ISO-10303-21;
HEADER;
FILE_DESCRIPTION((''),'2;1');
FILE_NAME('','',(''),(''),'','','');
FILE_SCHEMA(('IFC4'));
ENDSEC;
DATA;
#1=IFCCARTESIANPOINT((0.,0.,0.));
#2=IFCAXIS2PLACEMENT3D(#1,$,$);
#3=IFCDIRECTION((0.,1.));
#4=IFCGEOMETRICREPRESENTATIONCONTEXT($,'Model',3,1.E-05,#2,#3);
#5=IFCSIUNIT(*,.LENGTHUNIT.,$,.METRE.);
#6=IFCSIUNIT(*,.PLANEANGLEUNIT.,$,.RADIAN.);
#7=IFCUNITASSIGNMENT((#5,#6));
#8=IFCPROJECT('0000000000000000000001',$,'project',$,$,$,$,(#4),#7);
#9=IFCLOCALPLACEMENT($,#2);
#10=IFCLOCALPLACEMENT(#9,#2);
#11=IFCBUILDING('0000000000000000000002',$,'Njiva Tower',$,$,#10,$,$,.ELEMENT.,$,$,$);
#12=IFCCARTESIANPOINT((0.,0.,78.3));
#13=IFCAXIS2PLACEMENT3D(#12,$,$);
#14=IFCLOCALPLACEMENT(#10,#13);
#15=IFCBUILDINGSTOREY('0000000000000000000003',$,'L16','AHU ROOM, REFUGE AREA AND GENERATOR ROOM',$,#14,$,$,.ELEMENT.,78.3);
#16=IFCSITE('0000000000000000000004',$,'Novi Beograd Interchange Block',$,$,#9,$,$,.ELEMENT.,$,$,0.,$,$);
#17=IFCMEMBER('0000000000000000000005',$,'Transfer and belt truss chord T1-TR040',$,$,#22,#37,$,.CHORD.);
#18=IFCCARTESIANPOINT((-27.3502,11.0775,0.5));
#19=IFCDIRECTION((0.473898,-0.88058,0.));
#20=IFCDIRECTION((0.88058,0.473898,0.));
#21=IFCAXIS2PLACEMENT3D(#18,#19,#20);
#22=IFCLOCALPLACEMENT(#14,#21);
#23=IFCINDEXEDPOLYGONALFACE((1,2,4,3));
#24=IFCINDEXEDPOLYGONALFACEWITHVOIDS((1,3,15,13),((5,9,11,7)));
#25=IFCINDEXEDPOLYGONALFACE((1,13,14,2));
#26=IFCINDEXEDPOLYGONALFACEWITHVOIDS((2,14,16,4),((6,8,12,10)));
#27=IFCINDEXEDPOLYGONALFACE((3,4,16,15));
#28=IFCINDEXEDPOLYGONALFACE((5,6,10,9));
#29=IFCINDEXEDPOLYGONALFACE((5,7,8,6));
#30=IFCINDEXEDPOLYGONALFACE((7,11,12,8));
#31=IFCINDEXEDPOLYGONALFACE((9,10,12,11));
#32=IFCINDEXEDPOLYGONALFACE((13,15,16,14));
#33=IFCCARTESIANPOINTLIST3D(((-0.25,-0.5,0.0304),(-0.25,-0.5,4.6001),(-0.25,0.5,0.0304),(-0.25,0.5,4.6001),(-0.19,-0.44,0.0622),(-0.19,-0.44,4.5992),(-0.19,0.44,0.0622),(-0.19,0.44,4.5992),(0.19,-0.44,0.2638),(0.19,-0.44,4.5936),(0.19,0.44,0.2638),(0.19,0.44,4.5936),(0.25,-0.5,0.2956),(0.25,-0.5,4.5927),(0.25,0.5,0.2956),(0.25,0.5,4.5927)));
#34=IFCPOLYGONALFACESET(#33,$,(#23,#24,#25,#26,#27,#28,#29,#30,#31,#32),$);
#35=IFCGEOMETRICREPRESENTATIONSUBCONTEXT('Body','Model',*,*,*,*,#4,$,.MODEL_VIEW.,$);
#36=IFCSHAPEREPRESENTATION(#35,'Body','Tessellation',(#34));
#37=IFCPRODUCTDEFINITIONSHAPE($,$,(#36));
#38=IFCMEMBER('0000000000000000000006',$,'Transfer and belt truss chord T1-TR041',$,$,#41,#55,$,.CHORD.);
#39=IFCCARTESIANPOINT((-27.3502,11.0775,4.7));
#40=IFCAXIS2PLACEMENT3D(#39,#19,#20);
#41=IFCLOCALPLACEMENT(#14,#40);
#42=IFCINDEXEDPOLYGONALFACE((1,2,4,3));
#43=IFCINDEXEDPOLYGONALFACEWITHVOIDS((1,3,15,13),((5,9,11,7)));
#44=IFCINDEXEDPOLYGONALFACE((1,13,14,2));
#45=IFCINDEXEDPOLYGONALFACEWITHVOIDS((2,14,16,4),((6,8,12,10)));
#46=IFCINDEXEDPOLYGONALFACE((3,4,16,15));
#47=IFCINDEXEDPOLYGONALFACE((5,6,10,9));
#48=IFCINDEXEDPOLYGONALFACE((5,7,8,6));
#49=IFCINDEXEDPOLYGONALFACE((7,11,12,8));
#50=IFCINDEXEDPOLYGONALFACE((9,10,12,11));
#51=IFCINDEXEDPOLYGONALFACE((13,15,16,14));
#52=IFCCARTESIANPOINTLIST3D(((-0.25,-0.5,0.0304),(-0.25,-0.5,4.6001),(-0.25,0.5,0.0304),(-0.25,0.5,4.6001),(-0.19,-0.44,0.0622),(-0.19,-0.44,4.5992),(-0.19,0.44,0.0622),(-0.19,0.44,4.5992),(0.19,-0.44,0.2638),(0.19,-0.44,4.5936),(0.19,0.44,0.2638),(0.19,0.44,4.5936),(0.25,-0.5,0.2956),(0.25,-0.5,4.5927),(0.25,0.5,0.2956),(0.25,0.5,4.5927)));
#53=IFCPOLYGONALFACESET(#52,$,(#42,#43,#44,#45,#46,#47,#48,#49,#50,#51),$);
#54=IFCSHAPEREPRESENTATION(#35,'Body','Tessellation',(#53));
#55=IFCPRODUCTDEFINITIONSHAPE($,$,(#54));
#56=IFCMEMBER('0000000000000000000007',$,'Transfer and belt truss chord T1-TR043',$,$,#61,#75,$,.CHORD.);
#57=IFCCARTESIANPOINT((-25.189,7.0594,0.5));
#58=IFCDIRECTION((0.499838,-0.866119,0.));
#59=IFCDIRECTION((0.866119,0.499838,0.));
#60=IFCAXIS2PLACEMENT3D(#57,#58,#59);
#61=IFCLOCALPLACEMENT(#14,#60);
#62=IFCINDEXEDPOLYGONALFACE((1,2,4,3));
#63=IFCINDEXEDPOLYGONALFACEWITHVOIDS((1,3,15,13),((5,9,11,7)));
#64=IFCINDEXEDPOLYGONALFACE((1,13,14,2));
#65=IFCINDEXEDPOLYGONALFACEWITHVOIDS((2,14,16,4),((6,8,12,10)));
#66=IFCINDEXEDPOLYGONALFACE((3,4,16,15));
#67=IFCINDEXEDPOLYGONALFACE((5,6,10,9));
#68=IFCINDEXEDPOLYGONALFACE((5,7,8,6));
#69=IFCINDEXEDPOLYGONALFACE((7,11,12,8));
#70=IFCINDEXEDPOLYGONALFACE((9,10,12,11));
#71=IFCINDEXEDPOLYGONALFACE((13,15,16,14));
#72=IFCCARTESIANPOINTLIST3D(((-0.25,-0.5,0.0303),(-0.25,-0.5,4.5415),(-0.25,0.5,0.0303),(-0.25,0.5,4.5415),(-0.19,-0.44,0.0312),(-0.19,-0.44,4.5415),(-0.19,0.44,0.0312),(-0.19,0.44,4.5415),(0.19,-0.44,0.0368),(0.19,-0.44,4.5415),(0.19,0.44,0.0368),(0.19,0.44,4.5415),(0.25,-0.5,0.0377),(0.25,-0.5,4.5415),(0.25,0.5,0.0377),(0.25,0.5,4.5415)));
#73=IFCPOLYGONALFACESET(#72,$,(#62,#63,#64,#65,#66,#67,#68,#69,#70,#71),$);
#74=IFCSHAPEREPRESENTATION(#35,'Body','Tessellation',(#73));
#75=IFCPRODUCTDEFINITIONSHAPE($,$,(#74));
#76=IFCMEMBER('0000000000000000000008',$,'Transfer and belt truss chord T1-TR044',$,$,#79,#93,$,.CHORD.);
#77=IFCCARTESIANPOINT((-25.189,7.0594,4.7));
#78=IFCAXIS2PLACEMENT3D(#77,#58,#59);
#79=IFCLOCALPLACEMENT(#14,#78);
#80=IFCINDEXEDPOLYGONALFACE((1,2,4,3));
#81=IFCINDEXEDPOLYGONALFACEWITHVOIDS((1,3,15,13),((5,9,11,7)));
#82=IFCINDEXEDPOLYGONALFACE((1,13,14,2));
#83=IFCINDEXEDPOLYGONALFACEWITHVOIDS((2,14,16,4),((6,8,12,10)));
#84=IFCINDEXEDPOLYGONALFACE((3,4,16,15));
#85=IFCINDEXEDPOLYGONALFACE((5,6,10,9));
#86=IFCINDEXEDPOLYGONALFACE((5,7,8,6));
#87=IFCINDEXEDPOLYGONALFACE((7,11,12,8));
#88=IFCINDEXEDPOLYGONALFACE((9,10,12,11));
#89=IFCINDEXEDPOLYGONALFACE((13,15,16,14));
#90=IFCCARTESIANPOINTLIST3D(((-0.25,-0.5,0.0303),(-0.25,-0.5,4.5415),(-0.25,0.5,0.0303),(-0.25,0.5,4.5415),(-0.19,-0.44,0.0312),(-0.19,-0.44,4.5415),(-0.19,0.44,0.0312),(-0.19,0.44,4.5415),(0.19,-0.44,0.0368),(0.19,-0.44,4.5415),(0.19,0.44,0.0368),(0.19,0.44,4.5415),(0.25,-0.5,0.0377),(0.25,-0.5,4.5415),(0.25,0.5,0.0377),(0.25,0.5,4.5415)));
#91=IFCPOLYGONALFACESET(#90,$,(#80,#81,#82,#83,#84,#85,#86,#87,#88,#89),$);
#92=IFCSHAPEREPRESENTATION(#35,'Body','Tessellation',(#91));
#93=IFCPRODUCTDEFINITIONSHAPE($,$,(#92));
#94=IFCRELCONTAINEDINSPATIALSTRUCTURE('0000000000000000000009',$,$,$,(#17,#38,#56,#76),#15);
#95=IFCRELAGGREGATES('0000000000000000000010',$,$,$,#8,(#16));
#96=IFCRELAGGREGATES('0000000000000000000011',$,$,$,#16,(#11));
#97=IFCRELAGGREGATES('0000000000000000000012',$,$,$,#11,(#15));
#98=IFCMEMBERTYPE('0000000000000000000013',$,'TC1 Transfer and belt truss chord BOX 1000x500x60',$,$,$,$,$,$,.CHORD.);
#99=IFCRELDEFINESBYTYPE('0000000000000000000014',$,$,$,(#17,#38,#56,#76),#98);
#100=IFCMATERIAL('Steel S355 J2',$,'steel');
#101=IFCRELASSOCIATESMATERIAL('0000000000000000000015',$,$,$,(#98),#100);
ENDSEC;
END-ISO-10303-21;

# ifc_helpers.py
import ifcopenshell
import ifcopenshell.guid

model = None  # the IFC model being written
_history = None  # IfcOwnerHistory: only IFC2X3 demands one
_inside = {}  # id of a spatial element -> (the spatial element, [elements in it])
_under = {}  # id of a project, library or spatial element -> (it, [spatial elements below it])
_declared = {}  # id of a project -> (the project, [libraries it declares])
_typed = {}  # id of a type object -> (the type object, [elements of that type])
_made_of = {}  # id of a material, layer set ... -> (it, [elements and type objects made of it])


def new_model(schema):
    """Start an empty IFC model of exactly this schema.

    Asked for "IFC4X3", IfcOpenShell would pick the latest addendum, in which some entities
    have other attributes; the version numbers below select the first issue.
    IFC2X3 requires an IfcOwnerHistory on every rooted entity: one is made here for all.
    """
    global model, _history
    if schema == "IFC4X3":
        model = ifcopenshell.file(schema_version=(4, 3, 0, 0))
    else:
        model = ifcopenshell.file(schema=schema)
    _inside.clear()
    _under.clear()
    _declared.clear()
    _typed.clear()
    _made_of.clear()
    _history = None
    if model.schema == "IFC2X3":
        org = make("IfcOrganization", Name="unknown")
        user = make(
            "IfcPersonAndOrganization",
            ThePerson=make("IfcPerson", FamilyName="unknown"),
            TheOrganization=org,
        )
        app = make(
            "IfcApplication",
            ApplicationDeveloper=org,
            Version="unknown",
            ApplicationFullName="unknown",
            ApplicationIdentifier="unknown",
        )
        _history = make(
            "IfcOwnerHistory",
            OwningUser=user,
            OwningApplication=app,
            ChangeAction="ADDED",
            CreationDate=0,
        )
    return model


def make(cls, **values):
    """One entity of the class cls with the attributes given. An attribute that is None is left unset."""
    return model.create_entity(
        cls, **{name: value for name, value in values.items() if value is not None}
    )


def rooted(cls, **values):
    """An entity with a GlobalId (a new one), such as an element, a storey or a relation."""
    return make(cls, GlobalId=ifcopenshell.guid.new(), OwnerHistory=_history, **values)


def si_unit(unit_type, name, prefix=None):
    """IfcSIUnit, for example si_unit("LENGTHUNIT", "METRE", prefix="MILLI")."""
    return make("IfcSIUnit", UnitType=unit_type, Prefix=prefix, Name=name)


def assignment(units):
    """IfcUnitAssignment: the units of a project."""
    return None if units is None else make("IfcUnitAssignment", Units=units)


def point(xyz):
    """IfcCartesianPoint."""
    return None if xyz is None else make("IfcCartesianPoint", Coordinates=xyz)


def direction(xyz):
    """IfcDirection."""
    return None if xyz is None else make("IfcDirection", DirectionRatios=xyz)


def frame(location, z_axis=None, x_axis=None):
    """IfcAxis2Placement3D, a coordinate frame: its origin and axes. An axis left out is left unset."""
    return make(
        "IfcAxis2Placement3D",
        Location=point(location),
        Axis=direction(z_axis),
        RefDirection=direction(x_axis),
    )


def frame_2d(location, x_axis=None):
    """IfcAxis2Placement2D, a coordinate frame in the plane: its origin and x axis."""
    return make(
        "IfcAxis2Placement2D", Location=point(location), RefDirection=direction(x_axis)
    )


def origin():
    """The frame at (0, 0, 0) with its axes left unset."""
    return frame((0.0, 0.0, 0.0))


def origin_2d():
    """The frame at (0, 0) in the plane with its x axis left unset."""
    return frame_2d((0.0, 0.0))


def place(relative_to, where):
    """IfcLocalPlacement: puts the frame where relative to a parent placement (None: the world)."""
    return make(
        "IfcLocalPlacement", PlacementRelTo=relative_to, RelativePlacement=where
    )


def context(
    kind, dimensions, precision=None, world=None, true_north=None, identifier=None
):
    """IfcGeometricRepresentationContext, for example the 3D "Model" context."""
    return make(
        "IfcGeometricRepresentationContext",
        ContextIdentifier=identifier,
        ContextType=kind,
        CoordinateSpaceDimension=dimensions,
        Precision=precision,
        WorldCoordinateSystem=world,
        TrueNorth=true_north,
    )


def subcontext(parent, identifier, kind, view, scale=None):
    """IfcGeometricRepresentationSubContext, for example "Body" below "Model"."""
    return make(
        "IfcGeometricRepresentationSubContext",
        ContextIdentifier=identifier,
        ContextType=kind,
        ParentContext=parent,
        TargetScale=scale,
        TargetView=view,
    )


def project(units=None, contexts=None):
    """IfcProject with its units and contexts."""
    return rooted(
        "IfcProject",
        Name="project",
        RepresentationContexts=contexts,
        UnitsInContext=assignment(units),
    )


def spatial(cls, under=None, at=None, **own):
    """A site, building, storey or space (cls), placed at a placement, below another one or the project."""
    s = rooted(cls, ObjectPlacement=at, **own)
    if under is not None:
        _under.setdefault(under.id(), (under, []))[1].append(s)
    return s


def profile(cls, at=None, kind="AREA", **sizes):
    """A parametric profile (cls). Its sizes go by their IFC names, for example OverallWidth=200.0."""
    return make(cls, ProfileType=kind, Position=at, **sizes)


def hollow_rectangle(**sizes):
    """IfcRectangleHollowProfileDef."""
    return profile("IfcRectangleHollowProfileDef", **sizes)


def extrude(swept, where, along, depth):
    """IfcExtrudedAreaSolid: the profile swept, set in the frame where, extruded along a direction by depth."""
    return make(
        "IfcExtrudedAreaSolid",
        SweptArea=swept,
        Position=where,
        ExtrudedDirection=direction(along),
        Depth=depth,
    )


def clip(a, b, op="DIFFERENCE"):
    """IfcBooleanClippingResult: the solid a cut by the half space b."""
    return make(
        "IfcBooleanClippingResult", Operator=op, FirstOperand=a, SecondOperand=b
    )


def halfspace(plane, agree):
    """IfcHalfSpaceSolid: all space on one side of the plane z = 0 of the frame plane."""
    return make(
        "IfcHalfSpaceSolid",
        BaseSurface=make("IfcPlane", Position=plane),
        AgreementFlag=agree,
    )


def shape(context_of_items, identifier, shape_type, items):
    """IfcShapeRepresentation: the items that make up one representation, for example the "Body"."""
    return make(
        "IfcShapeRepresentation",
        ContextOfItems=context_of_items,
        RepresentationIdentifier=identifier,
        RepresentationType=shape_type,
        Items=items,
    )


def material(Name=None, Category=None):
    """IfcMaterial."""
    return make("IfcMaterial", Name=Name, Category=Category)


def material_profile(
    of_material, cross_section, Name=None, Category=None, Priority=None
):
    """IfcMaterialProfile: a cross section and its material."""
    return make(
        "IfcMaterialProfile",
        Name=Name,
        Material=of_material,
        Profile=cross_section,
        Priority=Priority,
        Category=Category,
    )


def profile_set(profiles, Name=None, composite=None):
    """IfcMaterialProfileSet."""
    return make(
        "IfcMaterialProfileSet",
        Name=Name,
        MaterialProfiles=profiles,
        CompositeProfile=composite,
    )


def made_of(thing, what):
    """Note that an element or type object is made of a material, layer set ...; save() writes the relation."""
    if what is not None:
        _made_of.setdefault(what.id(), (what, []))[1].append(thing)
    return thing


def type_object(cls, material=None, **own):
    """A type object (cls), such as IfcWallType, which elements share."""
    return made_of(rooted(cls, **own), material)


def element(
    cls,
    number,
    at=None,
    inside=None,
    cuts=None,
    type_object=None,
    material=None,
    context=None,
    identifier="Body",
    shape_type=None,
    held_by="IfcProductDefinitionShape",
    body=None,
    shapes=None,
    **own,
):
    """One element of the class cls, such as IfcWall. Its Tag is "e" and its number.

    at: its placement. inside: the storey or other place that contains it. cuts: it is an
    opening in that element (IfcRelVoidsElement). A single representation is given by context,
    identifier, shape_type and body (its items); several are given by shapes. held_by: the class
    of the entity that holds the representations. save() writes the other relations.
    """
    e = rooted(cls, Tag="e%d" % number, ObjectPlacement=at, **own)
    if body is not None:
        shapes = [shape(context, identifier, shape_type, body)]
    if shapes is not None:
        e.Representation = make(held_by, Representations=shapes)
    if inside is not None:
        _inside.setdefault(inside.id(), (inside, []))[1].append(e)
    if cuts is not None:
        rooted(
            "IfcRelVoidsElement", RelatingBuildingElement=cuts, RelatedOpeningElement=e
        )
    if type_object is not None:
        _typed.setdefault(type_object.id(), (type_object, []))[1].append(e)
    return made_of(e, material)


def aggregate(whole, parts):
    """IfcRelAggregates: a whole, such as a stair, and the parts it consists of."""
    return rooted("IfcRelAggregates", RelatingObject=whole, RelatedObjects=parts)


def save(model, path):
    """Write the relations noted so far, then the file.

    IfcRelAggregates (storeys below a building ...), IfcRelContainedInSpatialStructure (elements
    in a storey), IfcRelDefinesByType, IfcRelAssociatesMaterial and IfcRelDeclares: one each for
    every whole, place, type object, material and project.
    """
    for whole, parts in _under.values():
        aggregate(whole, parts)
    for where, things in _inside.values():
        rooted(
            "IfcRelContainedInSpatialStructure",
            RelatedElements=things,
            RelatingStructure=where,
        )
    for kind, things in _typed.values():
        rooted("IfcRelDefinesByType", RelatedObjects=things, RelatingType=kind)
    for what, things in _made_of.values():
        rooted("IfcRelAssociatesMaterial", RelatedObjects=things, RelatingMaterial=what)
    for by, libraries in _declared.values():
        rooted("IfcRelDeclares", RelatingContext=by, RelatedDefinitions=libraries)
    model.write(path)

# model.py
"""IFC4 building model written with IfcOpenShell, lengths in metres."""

from ifc_helpers import new_model, si_unit, direction, frame, origin, origin_2d, place, context, subcontext, project, spatial, hollow_rectangle, extrude, clip, halfspace, material, material_profile, profile_set, type_object, element, save


model = new_model("IFC4")

# Units and contexts
model_context = context("Model", 3, precision=1e-05, world=origin(), true_north=direction((0.0, 1.0)))
body_context = subcontext(model_context, "Body", "Model", "MODEL_VIEW")
ifc_project = project(units=[si_unit("LENGTHUNIT", "METRE"), si_unit("PLANEANGLEUNIT", "RADIAN")], contexts=[model_context])

# Site, building, storey
site_placement = place(None, origin())
site = spatial("IfcSite", under=ifc_project, at=site_placement, Name="Novi Beograd Interchange Block", CompositionType="ELEMENT", RefElevation=0.0)
building_placement = place(site_placement, origin())
building = spatial("IfcBuilding", under=site, at=building_placement, Name="Njiva Tower", CompositionType="ELEMENT")
storey_placement = place(building_placement, frame((0.0, 0.0, 78.3)))
storey = spatial("IfcBuildingStorey", under=building, at=storey_placement, Name="L16", Description="AHU ROOM, REFUGE AREA AND GENERATOR ROOM", CompositionType="ELEMENT", Elevation=78.3)

# Shared definitions
ifc_material_1 = material(Name="Steel S355 J2", Category="steel")

# Members
ifc_material_profile_1 = material_profile(ifc_material_1, hollow_rectangle(XDim=0.5, YDim=1.0, WallThickness=0.06, at=origin_2d()), Name="BOX 1000x500x60")
ifc_profile_set_1 = profile_set([ifc_material_profile_1], Name="Steel S355 J2")
member_type_1 = type_object("IfcMemberType", Name="TC1 Transfer and belt truss chord BOX 1000x500x60", PredefinedType="CHORD", material=ifc_profile_set_1)
member_1_placement = place(storey_placement, frame((-27.3502, 11.0775, 0.5), z_axis=(0.473898, -0.88058, 0.0), x_axis=(0.88058, 0.473898, 0.0)))
element("IfcMember", 1, at=member_1_placement, inside=storey, type_object=member_type_1, Name="Transfer and belt truss chord T1-TR040", PredefinedType="CHORD", context=body_context, shape_type="Clipping", body=[
    clip(clip(extrude(hollow_rectangle(XDim=0.5, YDim=1.0, WallThickness=0.06, at=origin_2d()), origin(), (0.0, 0.0, 1.0), 4.6304), halfspace(frame((0.0, -78.8, 0.163), z_axis=(0.468694, 0.0, -0.88336), x_axis=(0.0, -1.0, 0.0)), False)), halfspace(frame((0.0, -78.8, 4.5964), z_axis=(0.014846, 0.0, 0.99989), x_axis=(0.0, 1.0, 0.0)), False)),
])
member_2_placement = place(storey_placement, frame((-27.3502, 11.0775, 4.7), z_axis=(0.473898, -0.88058, 0.0), x_axis=(0.88058, 0.473898, 0.0)))
element("IfcMember", 2, at=member_2_placement, inside=storey, type_object=member_type_1, Name="Transfer and belt truss chord T1-TR041", PredefinedType="CHORD", context=body_context, shape_type="Clipping", body=[
    clip(clip(extrude(hollow_rectangle(XDim=0.5, YDim=1.0, WallThickness=0.06, at=origin_2d()), origin(), (0.0, 0.0, 1.0), 4.6304), halfspace(frame((0.0, -83.0, 0.163), z_axis=(0.468694, 0.0, -0.88336), x_axis=(0.0, -1.0, 0.0)), False)), halfspace(frame((0.0, -83.0, 4.5964), z_axis=(0.014846, 0.0, 0.99989), x_axis=(0.0, 1.0, 0.0)), False)),
])
member_3_placement = place(storey_placement, frame((-25.189, 7.0594, 0.5), z_axis=(0.499838, -0.866119, 0.0), x_axis=(0.866119, 0.499838, 0.0)))
element("IfcMember", 3, at=member_3_placement, inside=storey, type_object=member_type_1, Name="Transfer and belt truss chord T1-TR043", PredefinedType="CHORD", context=body_context, shape_type="Clipping", body=[
    clip(extrude(hollow_rectangle(XDim=0.5, YDim=1.0, WallThickness=0.06, at=origin_2d()), origin(), (0.0, 0.0, 1.0), 4.5415), halfspace(frame((0.0, -78.8, 0.034), z_axis=(0.014852, 0.0, -0.99989), x_axis=(0.0, -1.0, 0.0)), False)),
])
member_4_placement = place(storey_placement, frame((-25.189, 7.0594, 4.7), z_axis=(0.499838, -0.866119, 0.0), x_axis=(0.866119, 0.499838, 0.0)))
element("IfcMember", 4, at=member_4_placement, inside=storey, type_object=member_type_1, Name="Transfer and belt truss chord T1-TR044", PredefinedType="CHORD", context=body_context, shape_type="Clipping", body=[
    clip(extrude(hollow_rectangle(XDim=0.5, YDim=1.0, WallThickness=0.06, at=origin_2d()), origin(), (0.0, 0.0, 1.0), 4.5415), halfspace(frame((0.0, -83.0, 0.034), z_axis=(0.014852, 0.0, -0.99989), x_axis=(0.0, -1.0, 0.0)), False)),
])

save(model, "model.ifc")
